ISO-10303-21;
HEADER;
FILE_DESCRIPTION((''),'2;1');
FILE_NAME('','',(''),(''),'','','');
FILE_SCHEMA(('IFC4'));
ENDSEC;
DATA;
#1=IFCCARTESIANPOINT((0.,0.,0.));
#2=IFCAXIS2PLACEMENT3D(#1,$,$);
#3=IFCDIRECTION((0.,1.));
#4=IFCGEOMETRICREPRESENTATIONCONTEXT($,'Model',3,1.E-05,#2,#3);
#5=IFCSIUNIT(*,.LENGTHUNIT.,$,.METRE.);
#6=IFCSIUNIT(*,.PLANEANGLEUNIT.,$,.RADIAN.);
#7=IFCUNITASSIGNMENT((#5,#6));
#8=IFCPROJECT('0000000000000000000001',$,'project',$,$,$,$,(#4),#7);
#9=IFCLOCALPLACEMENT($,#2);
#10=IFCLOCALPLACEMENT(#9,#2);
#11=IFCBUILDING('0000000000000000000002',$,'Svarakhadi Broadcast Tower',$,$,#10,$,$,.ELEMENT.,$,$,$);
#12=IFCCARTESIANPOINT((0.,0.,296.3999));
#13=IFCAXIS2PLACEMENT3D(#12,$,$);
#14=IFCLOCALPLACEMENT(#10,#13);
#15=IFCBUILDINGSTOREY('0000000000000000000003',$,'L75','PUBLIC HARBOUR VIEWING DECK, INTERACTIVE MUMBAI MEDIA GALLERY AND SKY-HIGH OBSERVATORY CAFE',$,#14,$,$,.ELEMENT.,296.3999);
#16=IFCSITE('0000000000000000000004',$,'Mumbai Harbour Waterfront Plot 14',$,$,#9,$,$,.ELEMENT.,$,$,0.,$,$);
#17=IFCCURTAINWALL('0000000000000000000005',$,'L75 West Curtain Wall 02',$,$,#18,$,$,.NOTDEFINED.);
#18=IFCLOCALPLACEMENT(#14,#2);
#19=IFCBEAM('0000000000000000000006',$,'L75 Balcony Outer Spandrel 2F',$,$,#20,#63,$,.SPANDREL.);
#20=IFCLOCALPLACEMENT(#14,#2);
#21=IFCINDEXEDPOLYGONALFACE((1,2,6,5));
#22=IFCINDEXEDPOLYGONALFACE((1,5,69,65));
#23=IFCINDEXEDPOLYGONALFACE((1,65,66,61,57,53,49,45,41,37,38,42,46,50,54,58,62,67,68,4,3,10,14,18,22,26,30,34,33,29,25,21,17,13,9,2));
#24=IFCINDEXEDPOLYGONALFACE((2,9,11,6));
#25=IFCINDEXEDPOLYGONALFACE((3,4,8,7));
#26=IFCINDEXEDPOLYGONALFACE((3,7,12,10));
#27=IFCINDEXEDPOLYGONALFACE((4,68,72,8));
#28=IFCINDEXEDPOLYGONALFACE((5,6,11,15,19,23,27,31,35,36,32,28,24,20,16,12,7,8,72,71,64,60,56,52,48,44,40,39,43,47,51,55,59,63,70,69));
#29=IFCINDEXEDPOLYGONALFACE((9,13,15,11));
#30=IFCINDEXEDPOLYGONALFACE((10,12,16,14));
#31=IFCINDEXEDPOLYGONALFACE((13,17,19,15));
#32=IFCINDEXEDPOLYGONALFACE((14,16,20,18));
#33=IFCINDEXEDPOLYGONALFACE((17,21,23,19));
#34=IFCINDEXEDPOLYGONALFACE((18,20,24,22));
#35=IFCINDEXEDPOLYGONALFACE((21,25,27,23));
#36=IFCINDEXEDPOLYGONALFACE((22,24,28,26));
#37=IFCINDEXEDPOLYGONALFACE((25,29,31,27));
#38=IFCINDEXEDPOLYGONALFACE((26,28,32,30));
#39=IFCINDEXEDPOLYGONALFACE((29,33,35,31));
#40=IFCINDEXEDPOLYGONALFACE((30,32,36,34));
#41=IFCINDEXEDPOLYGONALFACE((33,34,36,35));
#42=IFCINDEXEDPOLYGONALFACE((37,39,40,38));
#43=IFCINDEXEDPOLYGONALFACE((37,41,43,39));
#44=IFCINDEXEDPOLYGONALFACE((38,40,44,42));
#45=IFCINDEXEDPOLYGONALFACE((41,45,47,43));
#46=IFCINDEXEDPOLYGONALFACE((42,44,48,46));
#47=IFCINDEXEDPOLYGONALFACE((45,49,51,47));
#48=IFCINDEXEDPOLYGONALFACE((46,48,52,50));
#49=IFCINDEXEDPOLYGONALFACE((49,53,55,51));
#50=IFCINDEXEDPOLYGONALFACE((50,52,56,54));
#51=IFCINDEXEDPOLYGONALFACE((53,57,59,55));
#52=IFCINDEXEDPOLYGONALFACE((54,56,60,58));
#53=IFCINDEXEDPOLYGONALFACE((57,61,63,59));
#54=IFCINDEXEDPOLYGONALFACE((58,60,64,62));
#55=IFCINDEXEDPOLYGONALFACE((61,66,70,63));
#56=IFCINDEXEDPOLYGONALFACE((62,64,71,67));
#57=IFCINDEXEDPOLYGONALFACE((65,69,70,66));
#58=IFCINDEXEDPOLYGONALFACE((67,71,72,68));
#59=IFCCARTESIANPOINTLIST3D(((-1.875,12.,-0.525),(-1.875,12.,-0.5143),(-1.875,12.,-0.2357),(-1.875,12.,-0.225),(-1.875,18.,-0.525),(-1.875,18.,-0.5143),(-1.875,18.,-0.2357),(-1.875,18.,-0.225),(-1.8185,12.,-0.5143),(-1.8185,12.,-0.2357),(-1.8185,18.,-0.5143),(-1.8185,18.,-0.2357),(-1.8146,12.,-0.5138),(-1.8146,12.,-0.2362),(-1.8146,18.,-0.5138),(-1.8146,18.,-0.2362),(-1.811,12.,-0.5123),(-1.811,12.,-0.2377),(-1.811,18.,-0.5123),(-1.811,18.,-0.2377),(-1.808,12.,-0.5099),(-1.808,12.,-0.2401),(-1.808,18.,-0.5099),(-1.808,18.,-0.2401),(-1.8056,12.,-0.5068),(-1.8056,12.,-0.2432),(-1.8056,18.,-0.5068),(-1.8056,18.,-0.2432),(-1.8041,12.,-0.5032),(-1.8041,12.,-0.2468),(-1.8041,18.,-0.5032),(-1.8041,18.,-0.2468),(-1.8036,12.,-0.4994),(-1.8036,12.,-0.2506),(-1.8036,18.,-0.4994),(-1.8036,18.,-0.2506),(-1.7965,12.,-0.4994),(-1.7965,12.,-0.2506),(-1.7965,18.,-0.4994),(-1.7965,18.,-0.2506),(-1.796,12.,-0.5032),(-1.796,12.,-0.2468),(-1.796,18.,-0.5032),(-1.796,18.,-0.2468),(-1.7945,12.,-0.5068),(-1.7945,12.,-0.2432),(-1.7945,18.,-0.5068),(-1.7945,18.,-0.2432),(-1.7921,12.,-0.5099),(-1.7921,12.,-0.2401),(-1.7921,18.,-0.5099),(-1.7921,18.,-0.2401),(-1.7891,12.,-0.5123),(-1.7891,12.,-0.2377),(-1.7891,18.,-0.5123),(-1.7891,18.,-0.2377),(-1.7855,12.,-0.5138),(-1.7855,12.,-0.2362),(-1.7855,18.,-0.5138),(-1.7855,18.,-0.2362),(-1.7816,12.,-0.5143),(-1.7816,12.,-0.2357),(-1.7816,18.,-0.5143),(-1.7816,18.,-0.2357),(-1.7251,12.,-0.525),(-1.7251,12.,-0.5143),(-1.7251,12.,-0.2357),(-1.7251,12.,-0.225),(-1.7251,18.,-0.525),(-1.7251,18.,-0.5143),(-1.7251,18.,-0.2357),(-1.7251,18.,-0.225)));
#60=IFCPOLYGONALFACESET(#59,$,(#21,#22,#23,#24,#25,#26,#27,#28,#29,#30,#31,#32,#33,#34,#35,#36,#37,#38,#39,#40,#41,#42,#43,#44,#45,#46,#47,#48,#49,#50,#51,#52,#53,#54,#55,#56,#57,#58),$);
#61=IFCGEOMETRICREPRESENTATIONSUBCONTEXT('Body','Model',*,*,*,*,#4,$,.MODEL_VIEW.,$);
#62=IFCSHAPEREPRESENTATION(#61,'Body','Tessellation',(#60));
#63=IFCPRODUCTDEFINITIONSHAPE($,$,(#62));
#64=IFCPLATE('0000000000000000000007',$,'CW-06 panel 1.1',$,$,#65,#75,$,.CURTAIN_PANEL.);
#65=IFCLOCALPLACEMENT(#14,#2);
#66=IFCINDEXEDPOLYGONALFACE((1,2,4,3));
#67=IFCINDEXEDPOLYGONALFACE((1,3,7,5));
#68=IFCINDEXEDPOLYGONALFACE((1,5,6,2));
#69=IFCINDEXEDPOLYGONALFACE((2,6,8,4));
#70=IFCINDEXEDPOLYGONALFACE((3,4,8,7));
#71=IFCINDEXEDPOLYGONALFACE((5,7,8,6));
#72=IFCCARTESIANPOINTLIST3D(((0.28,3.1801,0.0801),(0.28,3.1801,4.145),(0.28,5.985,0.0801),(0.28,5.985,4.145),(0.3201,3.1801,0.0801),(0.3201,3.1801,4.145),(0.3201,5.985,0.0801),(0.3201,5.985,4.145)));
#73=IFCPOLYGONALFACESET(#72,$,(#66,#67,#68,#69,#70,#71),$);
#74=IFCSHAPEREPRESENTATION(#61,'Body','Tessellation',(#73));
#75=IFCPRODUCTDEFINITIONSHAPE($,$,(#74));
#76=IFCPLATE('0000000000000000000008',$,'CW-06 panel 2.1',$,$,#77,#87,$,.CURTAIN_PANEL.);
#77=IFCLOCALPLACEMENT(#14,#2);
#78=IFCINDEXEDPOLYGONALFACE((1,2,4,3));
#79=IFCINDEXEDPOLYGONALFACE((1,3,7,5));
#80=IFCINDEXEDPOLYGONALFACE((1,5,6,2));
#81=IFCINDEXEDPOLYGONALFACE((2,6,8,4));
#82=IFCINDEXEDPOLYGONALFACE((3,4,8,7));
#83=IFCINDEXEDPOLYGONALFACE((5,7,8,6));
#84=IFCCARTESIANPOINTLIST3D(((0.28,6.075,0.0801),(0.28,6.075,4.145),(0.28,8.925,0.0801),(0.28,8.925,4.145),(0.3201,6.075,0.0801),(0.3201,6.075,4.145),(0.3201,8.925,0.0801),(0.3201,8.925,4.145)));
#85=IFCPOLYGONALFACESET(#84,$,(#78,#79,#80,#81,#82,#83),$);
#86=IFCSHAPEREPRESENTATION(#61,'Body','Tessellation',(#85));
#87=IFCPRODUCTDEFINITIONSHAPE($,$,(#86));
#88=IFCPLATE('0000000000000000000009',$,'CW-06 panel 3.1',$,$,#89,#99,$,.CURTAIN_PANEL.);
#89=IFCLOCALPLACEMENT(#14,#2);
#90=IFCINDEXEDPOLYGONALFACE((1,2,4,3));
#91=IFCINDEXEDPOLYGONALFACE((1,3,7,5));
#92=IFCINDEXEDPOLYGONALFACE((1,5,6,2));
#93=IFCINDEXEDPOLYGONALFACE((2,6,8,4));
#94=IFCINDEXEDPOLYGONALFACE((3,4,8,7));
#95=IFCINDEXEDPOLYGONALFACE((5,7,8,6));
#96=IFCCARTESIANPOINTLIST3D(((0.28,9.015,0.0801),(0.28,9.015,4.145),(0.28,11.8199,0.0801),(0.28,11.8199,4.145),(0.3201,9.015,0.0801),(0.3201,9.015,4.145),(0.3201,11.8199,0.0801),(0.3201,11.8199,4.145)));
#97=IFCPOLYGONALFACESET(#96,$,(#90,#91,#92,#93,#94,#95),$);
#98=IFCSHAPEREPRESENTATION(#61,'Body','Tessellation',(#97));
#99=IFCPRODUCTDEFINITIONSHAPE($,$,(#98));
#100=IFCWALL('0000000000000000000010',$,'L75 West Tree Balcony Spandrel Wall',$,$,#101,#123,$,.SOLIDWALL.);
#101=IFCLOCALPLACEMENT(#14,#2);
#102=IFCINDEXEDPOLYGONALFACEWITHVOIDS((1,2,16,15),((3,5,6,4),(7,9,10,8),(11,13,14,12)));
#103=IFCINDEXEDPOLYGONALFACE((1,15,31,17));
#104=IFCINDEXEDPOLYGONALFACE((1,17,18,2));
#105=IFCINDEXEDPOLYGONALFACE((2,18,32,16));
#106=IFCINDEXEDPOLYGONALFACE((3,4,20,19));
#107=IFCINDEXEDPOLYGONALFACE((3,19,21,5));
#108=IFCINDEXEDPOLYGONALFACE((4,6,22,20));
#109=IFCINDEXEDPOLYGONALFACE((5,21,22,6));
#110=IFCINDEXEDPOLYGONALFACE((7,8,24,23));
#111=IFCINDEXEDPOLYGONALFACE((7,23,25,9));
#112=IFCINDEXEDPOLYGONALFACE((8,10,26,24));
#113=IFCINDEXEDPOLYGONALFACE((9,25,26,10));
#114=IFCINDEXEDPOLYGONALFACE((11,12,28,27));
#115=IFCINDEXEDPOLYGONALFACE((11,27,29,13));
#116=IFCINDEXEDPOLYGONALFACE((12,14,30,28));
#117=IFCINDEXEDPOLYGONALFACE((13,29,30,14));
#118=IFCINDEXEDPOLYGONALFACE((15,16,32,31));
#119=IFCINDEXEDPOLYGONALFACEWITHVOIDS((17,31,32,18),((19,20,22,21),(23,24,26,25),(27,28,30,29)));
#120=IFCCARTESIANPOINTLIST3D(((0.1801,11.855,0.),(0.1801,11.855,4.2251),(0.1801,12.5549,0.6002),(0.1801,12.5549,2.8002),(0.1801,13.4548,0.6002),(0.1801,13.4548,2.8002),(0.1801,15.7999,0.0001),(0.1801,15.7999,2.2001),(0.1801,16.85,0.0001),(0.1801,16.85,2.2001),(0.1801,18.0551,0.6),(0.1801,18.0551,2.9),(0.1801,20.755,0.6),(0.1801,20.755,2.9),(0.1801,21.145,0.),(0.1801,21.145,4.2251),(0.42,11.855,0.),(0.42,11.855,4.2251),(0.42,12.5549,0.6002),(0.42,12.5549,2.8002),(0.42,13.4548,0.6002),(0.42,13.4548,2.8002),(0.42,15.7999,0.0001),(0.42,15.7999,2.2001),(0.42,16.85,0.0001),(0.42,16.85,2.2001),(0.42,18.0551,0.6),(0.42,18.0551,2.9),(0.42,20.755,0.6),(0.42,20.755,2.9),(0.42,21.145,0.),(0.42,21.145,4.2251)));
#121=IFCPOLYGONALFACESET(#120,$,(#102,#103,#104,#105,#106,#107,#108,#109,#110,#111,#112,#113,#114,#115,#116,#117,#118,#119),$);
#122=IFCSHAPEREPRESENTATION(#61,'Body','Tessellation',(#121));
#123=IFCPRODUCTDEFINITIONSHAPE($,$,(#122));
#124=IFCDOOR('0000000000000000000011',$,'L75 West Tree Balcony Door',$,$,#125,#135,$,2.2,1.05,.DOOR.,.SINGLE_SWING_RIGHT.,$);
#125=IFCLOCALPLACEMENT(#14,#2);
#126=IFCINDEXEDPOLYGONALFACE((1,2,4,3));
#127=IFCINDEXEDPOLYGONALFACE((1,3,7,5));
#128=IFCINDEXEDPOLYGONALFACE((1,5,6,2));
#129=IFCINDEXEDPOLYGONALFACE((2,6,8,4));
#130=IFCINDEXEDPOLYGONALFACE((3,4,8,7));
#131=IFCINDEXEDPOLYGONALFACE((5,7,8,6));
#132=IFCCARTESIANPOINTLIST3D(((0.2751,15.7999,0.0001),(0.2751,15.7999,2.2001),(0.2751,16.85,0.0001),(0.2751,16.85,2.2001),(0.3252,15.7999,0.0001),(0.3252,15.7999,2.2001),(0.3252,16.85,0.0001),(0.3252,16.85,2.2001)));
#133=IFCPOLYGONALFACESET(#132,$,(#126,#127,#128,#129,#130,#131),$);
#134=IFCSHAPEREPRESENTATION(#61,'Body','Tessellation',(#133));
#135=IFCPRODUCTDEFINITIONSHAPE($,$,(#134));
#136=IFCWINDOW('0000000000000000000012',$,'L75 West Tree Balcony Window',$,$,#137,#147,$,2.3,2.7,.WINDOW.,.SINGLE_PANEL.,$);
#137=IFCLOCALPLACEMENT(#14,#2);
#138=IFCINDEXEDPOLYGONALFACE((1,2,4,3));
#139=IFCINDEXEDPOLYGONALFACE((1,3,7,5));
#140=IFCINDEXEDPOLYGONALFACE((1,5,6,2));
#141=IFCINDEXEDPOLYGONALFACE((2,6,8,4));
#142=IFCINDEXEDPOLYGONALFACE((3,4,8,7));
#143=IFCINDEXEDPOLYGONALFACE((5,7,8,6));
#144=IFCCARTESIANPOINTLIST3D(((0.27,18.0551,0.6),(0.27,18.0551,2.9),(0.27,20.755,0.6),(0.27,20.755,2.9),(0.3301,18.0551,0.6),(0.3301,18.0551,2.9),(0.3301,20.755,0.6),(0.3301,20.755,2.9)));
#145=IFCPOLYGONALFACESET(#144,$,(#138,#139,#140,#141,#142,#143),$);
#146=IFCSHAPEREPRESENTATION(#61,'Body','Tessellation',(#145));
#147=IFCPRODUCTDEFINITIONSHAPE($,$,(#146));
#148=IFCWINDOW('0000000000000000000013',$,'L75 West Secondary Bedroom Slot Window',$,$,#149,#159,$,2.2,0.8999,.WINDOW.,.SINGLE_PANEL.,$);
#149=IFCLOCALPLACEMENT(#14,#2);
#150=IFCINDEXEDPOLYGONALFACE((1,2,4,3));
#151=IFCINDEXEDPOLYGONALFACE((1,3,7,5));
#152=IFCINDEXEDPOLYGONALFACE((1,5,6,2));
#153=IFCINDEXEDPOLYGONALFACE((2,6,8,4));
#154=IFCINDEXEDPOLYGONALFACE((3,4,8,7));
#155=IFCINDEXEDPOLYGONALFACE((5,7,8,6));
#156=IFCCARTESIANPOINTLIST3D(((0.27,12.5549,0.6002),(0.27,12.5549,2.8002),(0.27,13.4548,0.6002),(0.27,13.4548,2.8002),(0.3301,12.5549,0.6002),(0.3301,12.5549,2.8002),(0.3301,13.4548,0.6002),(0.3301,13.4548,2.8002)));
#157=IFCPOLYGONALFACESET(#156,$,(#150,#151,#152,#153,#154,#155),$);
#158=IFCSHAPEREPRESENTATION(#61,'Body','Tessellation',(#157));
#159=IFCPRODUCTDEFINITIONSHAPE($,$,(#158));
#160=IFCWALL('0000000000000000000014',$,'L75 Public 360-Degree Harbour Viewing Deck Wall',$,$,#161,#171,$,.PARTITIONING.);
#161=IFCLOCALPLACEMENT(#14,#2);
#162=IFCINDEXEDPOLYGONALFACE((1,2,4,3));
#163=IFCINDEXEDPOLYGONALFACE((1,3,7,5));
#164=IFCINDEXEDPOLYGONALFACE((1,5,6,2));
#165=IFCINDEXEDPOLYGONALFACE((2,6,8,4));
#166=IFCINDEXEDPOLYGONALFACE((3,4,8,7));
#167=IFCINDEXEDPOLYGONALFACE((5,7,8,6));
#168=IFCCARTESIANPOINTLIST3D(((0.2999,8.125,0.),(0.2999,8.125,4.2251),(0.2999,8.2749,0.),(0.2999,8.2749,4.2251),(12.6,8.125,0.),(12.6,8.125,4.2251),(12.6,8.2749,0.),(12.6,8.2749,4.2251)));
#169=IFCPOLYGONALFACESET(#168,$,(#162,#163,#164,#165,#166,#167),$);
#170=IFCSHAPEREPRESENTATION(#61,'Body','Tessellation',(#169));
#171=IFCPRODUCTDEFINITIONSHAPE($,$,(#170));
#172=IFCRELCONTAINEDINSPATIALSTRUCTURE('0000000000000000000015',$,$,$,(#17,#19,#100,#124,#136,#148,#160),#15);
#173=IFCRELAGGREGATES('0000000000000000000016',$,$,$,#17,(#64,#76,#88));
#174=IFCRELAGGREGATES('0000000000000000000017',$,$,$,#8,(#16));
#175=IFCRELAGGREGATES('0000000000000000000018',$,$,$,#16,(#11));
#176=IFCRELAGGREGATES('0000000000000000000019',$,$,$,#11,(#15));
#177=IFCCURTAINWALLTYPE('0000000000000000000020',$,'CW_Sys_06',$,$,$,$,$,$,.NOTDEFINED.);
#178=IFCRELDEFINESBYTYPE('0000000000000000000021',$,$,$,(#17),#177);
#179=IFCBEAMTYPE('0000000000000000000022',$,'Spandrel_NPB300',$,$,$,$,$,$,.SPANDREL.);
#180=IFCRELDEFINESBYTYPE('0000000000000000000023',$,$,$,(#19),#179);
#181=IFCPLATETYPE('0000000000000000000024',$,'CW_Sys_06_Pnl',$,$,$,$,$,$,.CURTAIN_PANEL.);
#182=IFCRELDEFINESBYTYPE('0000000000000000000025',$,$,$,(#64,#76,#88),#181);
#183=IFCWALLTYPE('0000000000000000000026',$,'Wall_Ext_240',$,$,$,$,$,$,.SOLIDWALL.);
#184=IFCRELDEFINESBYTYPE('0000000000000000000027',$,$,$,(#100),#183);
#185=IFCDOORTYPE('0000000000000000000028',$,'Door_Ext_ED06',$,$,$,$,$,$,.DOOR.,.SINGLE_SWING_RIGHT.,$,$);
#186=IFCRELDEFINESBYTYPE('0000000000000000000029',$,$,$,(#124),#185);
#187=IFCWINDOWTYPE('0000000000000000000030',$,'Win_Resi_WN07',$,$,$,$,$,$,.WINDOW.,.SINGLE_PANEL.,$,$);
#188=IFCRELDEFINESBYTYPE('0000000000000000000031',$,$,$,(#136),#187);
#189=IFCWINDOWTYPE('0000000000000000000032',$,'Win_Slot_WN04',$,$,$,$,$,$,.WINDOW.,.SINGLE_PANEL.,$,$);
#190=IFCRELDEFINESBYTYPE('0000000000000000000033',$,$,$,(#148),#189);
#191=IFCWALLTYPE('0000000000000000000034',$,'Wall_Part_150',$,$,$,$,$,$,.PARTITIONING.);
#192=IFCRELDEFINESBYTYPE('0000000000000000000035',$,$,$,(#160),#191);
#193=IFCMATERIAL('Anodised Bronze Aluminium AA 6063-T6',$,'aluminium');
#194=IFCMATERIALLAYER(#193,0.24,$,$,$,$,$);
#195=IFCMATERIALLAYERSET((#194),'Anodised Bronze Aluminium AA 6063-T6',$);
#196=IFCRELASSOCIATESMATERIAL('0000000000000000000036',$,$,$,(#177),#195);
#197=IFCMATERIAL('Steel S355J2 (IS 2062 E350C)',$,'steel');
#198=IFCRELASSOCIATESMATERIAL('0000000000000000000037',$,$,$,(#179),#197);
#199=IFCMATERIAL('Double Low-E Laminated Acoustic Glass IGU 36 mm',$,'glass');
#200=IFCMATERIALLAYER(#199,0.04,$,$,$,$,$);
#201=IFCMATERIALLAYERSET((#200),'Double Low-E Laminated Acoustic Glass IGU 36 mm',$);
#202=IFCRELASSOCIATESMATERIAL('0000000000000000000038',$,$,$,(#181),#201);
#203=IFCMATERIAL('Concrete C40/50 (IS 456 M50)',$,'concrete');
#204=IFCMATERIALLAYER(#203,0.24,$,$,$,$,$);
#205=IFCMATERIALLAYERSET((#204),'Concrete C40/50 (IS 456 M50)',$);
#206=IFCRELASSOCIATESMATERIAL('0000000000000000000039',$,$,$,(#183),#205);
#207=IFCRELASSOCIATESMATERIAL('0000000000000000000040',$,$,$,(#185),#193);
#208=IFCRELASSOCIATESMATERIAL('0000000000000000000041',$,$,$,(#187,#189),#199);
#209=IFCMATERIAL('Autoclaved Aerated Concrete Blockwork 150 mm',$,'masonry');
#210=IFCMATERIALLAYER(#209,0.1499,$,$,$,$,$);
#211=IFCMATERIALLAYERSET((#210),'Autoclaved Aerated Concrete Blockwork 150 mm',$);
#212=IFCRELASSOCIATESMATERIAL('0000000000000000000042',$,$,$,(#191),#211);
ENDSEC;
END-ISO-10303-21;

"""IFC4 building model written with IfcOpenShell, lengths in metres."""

from ifc_helpers import new_model, si_unit, direction, frame, frame_2d, origin, origin_2d, place, context, subcontext, project, spatial, rectangle, i_section, extrude, material, layer, layer_set, material_profile, profile_set, type_object, element, fill, aggregate, save


model = new_model("IFC4")

# Units and contexts
model_context = context("Model", 3, precision=1e-05, world=origin(), true_north=direction((0.0, 1.0)))
body_context = subcontext(model_context, "Body", "Model", "MODEL_VIEW")
ifc_project = project(units=[si_unit("LENGTHUNIT", "METRE"), si_unit("PLANEANGLEUNIT", "RADIAN")], contexts=[model_context])

# Site, building, storey
site_placement = place(None, origin())
site = spatial("IfcSite", under=ifc_project, at=site_placement, Name="Mumbai Harbour Waterfront Plot 14", CompositionType="ELEMENT", RefElevation=0.0)
building_placement = place(site_placement, origin())
building = spatial("IfcBuilding", under=site, at=building_placement, Name="Svarakhadi Broadcast Tower", CompositionType="ELEMENT")
storey_placement = place(building_placement, frame((0.0, 0.0, 296.3999)))
storey = spatial("IfcBuildingStorey", under=building, at=storey_placement, Name="L75", Description="PUBLIC HARBOUR VIEWING DECK, INTERACTIVE MUMBAI MEDIA GALLERY AND SKY-HIGH OBSERVATORY CAFE", CompositionType="ELEMENT", Elevation=296.3999)

# Shared definitions
ifc_material_1 = material(Name="Steel S355J2 (IS 2062 E350C)", Category="steel")

# Curtain wall
ifc_material_2 = material(Name="Anodised Bronze Aluminium AA 6063-T6", Category="aluminium")
ifc_layer_1 = layer(ifc_material_2, 0.24)
ifc_layer_set_1 = layer_set([ifc_layer_1], Name="Anodised Bronze Aluminium AA 6063-T6")
curtain_wall_type = type_object("IfcCurtainWallType", Name="CW_Sys_06", PredefinedType="NOTDEFINED", material=ifc_layer_set_1)
curtain_wall_1_placement = place(storey_placement, origin())
curtain_wall_1 = element("IfcCurtainWall", 1, at=curtain_wall_1_placement, inside=storey, type_object=curtain_wall_type, Name="L75 West Curtain Wall 02", PredefinedType="NOTDEFINED")

# Beam
ifc_material_profile_1 = material_profile(ifc_material_1, i_section(OverallWidth=0.1499, OverallDepth=0.3, WebThickness=0.0071, FlangeThickness=0.0107, FilletRadius=0.0149, at=origin_2d()), Name="NPB 300x150x37")
ifc_profile_set_1 = profile_set([ifc_material_profile_1], Name="Steel S355J2 (IS 2062 E350C)")
beam_type_1 = type_object("IfcBeamType", Name="Spandrel_NPB300", PredefinedType="SPANDREL", material=ifc_profile_set_1)
beam_1_placement = place(storey_placement, frame((-1.8, 12.0, -0.375), z_axis=(0.0, 1.0, 0.0), x_axis=(-1.0, 0.0, 0.0)))
element("IfcBeam", 2, at=beam_1_placement, inside=storey, type_object=beam_type_1, Name="L75 Balcony Outer Spandrel 2F", PredefinedType="SPANDREL", context=body_context, shape_type="SweptSolid", body=[
    extrude(i_section(OverallWidth=0.1499, OverallDepth=0.3, WebThickness=0.0071, FlangeThickness=0.0107, FilletRadius=0.0149, at=origin_2d()), origin(), (0.0, 0.0, 1.0), 6.0),
])

# Plates
ifc_material_3 = material(Name="Double Low-E Laminated Acoustic Glass IGU 36 mm", Category="glass")
ifc_layer_2 = layer(ifc_material_3, 0.04)
ifc_layer_set_2 = layer_set([ifc_layer_2], Name="Double Low-E Laminated Acoustic Glass IGU 36 mm")
plate_type = type_object("IfcPlateType", Name="CW_Sys_06_Pnl", PredefinedType="CURTAIN_PANEL", material=ifc_layer_set_2)
plate_1_placement = place(storey_placement, frame((0.3, 4.5825, 0.0801), z_axis=(0.0, 0.0, 1.0), x_axis=(0.0, 1.0, 0.0)))
plate_1 = element("IfcPlate", 3, at=plate_1_placement, type_object=plate_type, Name="CW-06 panel 1.1", PredefinedType="CURTAIN_PANEL", context=body_context, shape_type="SweptSolid", body=[
    extrude(rectangle(XDim=2.8049, YDim=0.04, at=origin_2d()), origin(), (0.0, 0.0, 1.0), 4.0649),
])
plate_2_placement = place(storey_placement, frame((0.3, 7.5, 0.0801), z_axis=(0.0, 0.0, 1.0), x_axis=(0.0, 1.0, 0.0)))
plate_2 = element("IfcPlate", 4, at=plate_2_placement, type_object=plate_type, Name="CW-06 panel 2.1", PredefinedType="CURTAIN_PANEL", context=body_context, shape_type="SweptSolid", body=[
    extrude(rectangle(XDim=2.8501, YDim=0.04, at=origin_2d()), origin(), (0.0, 0.0, 1.0), 4.0649),
])
plate_3_placement = place(storey_placement, frame((0.3, 10.4175, 0.0801), z_axis=(0.0, 0.0, 1.0), x_axis=(0.0, 1.0, 0.0)))
plate_3 = element("IfcPlate", 5, at=plate_3_placement, type_object=plate_type, Name="CW-06 panel 3.1", PredefinedType="CURTAIN_PANEL", context=body_context, shape_type="SweptSolid", body=[
    extrude(rectangle(XDim=2.8049, YDim=0.04, at=origin_2d()), origin(), (0.0, 0.0, 1.0), 4.0649),
])
aggregate(curtain_wall_1, [plate_1, plate_2, plate_3])

# Wall, openings, door, windows
ifc_material_4 = material(Name="Concrete C40/50 (IS 456 M50)", Category="concrete")
ifc_layer_3 = layer(ifc_material_4, 0.24)
ifc_layer_set_3 = layer_set([ifc_layer_3], Name="Concrete C40/50 (IS 456 M50)")
wall_type_1 = type_object("IfcWallType", Name="Wall_Ext_240", PredefinedType="SOLIDWALL", material=ifc_layer_set_3)
wall_1_placement = place(storey_placement, frame((0.3, 11.855, 0.0), z_axis=(0.0, 0.0, 1.0), x_axis=(0.0, 1.0, 0.0)))
wall_1 = element("IfcWall", 6, at=wall_1_placement, inside=storey, type_object=wall_type_1, Name="L75 West Tree Balcony Spandrel Wall", PredefinedType="SOLIDWALL", context=body_context, shape_type="SweptSolid", body=[
    extrude(rectangle(XDim=9.29, YDim=0.24, at=frame_2d((4.645, 0.0))), origin(), (0.0, 0.0, 1.0), 4.2251),
])
opening_1_placement = place(wall_1_placement, frame((3.9451, 0.0, 0.0)))
opening_1 = element("IfcOpeningElement", 7, at=opening_1_placement, cuts=wall_1, PredefinedType="OPENING", context=body_context, shape_type="SweptSolid", body=[
    extrude(rectangle(XDim=1.05, YDim=2.2, at=frame_2d((0.5249, 1.1001))), frame((0.0, 0.1299, 0.0), z_axis=(0.0, -1.0, 0.0), x_axis=(1.0, 0.0, 0.0)), (0.0, 0.0, 1.0), 0.26),
])
opening_2_placement = place(wall_1_placement, frame((6.2, 0.0, 0.6001)))
opening_2 = element("IfcOpeningElement", 8, at=opening_2_placement, cuts=wall_1, PredefinedType="OPENING", context=body_context, shape_type="SweptSolid", body=[
    extrude(rectangle(XDim=2.7, YDim=2.3, at=frame_2d((1.3501, 1.1499))), frame((0.0, 0.1299, 0.0), z_axis=(0.0, -1.0, 0.0), x_axis=(1.0, 0.0, 0.0)), (0.0, 0.0, 1.0), 0.26),
])
opening_3_placement = place(wall_1_placement, frame((0.7, 0.0, 0.6001)))
opening_3 = element("IfcOpeningElement", 9, at=opening_3_placement, cuts=wall_1, PredefinedType="OPENING", context=body_context, shape_type="SweptSolid", body=[
    extrude(rectangle(XDim=0.8999, YDim=2.2, at=frame_2d((0.45, 1.1001))), frame((0.0, 0.1299, 0.0), z_axis=(0.0, -1.0, 0.0), x_axis=(1.0, 0.0, 0.0)), (0.0, 0.0, 1.0), 0.26),
])
door_type = type_object("IfcDoorType", Name="Door_Ext_ED06", OperationType="SINGLE_SWING_RIGHT", PredefinedType="DOOR", material=ifc_material_2)
door_placement = place(opening_1_placement, origin())
door = element("IfcDoor", 10, at=door_placement, inside=storey, type_object=door_type, Name="L75 West Tree Balcony Door", OperationType="SINGLE_SWING_RIGHT", OverallHeight=2.2, OverallWidth=1.05, PredefinedType="DOOR", context=body_context, shape_type="SweptSolid", body=[
    extrude(rectangle(XDim=1.05, YDim=2.2, at=frame_2d((0.5249, 1.1001))), frame((0.0, 0.0249, 0.0), z_axis=(0.0, -1.0, 0.0), x_axis=(1.0, 0.0, 0.0)), (0.0, 0.0, 1.0), 0.05),
])
fill(opening_1, door)
window_type_1 = type_object("IfcWindowType", Name="Win_Resi_WN07", PartitioningType="SINGLE_PANEL", PredefinedType="WINDOW", material=ifc_material_3)
window_1_placement = place(opening_2_placement, origin())
window_1 = element("IfcWindow", 11, at=window_1_placement, inside=storey, type_object=window_type_1, Name="L75 West Tree Balcony Window", OverallHeight=2.3, OverallWidth=2.7, PartitioningType="SINGLE_PANEL", PredefinedType="WINDOW", context=body_context, shape_type="SweptSolid", body=[
    extrude(rectangle(XDim=2.7, YDim=2.3, at=frame_2d((1.3501, 1.1499))), frame((0.0, 0.03, 0.0), z_axis=(0.0, -1.0, 0.0), x_axis=(1.0, 0.0, 0.0)), (0.0, 0.0, 1.0), 0.0601),
])
fill(opening_2, window_1)
window_type_2 = type_object("IfcWindowType", Name="Win_Slot_WN04", PartitioningType="SINGLE_PANEL", PredefinedType="WINDOW", material=ifc_material_3)
window_2_placement = place(opening_3_placement, origin())
window_2 = element("IfcWindow", 12, at=window_2_placement, inside=storey, type_object=window_type_2, Name="L75 West Secondary Bedroom Slot Window", OverallHeight=2.2, OverallWidth=0.8999, PartitioningType="SINGLE_PANEL", PredefinedType="WINDOW", context=body_context, shape_type="SweptSolid", body=[
    extrude(rectangle(XDim=0.8999, YDim=2.2, at=frame_2d((0.45, 1.1001))), frame((0.0, 0.03, 0.0), z_axis=(0.0, -1.0, 0.0), x_axis=(1.0, 0.0, 0.0)), (0.0, 0.0, 1.0), 0.0601),
])
fill(opening_3, window_2)

# Wall
ifc_material_5 = material(Name="Autoclaved Aerated Concrete Blockwork 150 mm", Category="masonry")
ifc_layer_4 = layer(ifc_material_5, 0.1499)
ifc_layer_set_4 = layer_set([ifc_layer_4], Name="Autoclaved Aerated Concrete Blockwork 150 mm")
wall_type_2 = type_object("IfcWallType", Name="Wall_Part_150", PredefinedType="PARTITIONING", material=ifc_layer_set_4)
wall_2_placement = place(storey_placement, frame((0.3, 8.2, 0.0), z_axis=(0.0, 0.0, 1.0), x_axis=(1.0, 0.0, 0.0)))
element("IfcWall", 13, at=wall_2_placement, inside=storey, type_object=wall_type_2, Name="L75 Public 360-Degree Harbour Viewing Deck Wall", PredefinedType="PARTITIONING", context=body_context, shape_type="SweptSolid", body=[
    extrude(rectangle(XDim=12.3, YDim=0.1499, at=frame_2d((6.1499, 0.0))), origin(), (0.0, 0.0, 1.0), 4.2251),
])

save(model, "model.ifc")
